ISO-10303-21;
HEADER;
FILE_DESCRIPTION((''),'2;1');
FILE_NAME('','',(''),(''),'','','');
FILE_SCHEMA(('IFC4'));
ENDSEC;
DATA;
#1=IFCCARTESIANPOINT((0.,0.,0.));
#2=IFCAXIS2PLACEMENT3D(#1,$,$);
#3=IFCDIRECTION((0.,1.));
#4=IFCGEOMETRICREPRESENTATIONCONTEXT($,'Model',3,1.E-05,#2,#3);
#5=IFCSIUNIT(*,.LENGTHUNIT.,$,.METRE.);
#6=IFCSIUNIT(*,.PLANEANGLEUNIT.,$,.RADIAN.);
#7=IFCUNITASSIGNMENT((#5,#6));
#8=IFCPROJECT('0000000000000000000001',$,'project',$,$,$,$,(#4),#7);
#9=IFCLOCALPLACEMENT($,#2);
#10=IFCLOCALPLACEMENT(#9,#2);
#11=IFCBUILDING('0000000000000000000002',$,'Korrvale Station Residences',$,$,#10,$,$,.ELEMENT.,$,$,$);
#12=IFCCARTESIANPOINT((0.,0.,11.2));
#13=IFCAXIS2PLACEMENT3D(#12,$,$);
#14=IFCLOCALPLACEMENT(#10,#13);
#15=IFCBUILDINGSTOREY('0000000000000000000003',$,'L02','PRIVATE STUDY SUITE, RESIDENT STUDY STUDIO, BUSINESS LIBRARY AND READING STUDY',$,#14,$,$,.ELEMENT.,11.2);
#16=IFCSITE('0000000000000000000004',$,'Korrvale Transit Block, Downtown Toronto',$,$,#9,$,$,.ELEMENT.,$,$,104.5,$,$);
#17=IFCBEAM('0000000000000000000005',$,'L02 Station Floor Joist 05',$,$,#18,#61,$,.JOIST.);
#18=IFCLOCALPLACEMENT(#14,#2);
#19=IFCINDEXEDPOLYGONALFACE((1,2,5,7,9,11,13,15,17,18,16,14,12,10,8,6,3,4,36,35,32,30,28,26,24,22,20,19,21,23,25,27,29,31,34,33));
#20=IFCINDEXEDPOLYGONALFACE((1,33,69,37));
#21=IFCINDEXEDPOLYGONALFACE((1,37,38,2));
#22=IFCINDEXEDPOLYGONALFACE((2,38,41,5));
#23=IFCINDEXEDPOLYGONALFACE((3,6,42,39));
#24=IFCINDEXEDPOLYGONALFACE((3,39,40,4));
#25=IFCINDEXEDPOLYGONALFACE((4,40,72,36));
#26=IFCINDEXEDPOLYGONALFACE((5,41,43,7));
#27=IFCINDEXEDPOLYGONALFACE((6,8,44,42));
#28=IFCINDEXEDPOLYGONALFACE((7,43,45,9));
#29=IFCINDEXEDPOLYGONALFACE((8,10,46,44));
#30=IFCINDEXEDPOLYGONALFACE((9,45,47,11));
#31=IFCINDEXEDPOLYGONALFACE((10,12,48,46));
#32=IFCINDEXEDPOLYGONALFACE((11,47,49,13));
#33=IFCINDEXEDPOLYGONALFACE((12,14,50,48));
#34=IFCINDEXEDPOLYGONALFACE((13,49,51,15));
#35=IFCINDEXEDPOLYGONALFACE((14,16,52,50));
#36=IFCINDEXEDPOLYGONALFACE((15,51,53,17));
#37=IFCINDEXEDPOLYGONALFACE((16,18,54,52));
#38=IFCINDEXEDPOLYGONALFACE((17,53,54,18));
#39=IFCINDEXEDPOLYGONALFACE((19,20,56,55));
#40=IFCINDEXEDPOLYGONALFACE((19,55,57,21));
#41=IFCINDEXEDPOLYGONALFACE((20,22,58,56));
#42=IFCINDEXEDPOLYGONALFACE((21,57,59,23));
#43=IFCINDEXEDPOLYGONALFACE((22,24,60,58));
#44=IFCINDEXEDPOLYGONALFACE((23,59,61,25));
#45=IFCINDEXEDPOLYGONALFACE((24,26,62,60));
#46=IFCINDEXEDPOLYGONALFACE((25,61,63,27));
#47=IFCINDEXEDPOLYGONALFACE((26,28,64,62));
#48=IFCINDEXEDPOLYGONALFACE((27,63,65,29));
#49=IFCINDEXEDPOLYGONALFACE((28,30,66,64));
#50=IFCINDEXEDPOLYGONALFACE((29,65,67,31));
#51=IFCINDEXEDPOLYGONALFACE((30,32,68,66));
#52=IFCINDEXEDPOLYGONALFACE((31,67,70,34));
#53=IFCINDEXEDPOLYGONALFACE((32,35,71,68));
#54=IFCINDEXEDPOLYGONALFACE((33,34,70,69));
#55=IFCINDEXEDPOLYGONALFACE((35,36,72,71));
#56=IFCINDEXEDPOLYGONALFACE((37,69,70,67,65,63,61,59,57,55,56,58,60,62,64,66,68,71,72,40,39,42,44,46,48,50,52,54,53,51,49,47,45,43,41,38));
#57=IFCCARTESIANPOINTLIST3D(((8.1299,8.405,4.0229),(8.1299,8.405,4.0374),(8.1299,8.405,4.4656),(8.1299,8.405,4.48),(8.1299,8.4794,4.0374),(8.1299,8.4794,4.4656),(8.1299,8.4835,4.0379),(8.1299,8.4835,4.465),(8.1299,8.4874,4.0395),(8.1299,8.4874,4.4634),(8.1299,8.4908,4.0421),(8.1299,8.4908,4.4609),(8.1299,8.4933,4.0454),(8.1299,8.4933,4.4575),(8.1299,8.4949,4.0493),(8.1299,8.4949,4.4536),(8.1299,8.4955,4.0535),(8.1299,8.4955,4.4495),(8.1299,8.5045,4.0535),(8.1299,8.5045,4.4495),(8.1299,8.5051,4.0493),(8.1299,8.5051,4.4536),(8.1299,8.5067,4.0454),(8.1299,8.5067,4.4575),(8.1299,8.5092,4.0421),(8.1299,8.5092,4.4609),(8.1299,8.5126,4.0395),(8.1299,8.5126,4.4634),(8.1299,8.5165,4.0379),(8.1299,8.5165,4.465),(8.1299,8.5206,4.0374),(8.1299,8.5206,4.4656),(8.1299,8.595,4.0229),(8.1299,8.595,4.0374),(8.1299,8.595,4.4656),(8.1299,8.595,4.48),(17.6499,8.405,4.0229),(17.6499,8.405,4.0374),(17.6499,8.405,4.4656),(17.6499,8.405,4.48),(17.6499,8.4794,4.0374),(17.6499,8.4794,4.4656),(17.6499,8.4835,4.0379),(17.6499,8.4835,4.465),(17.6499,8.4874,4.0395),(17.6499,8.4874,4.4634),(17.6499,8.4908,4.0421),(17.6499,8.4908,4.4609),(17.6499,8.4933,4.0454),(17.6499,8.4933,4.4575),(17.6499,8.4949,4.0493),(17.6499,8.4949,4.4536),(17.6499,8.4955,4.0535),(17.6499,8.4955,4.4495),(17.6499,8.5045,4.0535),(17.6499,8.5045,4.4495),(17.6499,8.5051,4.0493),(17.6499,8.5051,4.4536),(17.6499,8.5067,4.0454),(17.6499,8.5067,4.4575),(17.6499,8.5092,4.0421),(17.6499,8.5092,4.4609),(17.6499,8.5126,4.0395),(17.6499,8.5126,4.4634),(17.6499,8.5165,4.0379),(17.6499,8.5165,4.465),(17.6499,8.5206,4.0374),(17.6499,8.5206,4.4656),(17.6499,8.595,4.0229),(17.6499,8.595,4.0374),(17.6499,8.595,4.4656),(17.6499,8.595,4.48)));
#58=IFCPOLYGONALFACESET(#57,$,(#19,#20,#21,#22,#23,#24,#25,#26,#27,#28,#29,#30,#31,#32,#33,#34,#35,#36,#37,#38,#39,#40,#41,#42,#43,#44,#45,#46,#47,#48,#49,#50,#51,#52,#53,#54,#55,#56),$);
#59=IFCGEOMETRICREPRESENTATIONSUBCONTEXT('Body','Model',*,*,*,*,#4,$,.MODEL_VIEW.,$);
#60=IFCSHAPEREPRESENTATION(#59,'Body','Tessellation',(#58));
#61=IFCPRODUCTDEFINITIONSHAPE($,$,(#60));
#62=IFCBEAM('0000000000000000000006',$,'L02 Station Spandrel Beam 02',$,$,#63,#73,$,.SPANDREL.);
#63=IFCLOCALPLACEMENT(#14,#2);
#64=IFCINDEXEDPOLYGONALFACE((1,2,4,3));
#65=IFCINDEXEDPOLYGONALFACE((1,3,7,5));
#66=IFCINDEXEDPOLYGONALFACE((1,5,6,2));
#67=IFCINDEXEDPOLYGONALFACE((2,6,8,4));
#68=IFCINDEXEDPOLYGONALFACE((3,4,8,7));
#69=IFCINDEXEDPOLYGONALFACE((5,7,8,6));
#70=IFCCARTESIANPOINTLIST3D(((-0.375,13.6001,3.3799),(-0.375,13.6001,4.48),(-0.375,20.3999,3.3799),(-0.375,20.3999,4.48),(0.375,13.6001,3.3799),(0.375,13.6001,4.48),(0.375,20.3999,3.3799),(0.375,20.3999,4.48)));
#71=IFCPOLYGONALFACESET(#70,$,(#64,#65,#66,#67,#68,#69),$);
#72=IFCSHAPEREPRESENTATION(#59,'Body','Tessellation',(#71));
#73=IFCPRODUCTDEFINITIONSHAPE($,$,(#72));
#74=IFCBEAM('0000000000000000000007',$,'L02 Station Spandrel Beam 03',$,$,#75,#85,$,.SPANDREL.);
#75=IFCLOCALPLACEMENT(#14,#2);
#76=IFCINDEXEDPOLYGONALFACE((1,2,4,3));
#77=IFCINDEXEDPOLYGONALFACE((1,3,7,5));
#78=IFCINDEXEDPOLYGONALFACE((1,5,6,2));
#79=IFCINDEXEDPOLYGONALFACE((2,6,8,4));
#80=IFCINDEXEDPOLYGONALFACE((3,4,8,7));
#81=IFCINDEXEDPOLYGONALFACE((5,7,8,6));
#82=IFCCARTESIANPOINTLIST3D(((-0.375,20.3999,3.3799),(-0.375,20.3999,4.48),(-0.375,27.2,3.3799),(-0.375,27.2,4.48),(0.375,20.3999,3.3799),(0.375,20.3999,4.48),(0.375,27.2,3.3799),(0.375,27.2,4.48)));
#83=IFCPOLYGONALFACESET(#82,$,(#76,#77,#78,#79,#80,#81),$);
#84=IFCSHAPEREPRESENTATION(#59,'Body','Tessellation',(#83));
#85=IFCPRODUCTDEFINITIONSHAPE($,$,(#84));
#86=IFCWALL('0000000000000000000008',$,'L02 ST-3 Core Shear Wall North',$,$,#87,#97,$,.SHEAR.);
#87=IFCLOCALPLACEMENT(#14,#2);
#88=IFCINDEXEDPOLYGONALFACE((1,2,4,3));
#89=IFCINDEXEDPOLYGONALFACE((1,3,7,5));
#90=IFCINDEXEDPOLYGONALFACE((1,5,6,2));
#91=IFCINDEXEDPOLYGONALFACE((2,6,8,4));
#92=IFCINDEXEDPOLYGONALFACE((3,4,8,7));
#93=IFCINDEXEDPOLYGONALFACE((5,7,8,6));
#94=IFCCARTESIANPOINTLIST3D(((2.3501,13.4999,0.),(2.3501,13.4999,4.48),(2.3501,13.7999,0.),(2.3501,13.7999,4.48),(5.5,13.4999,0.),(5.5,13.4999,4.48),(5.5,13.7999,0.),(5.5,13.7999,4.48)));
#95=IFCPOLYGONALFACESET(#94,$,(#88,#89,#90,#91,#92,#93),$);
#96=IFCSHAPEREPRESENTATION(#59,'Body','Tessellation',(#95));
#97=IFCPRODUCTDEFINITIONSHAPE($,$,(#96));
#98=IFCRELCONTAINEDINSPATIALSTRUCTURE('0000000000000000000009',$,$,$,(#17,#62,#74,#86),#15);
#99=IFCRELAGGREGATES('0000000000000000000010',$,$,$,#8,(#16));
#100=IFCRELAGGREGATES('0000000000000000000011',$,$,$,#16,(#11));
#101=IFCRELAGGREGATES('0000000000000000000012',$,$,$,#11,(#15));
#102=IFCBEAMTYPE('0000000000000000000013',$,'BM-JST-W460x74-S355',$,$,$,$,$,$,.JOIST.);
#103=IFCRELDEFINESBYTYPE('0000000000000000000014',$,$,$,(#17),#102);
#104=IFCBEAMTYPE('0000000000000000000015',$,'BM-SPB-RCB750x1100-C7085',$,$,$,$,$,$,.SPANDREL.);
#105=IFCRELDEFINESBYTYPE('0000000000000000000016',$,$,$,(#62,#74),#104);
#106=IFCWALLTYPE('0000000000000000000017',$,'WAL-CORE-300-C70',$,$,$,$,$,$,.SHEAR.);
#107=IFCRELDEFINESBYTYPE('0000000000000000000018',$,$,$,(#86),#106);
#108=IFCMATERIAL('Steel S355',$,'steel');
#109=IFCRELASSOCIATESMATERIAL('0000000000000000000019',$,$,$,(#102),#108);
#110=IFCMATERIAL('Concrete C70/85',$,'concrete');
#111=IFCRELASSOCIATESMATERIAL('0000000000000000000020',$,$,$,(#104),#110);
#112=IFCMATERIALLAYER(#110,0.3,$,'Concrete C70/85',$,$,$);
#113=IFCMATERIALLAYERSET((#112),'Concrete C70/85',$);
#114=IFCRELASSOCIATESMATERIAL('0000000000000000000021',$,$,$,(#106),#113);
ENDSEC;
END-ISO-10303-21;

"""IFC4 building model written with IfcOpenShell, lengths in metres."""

from ifc_helpers import new_model, si_unit, direction, frame, frame_2d, origin, origin_2d, place, context, subcontext, project, spatial, rectangle, i_section, extrude, material, layer, layer_set, material_profile, profile_set, type_object, element, save


model = new_model("IFC4")

# Units and contexts
model_context = context("Model", 3, precision=1e-05, world=origin(), true_north=direction((0.0, 1.0)))
body_context = subcontext(model_context, "Body", "Model", "MODEL_VIEW")
ifc_project = project(units=[si_unit("LENGTHUNIT", "METRE"), si_unit("PLANEANGLEUNIT", "RADIAN")], contexts=[model_context])

# Site, building, storey
site_placement = place(None, origin())
site = spatial("IfcSite", under=ifc_project, at=site_placement, Name="Korrvale Transit Block, Downtown Toronto", CompositionType="ELEMENT", RefElevation=104.5)
building_placement = place(site_placement, origin())
building = spatial("IfcBuilding", under=site, at=building_placement, Name="Korrvale Station Residences", CompositionType="ELEMENT")
storey_placement = place(building_placement, frame((0.0, 0.0, 11.2)))
storey = spatial("IfcBuildingStorey", under=building, at=storey_placement, Name="L02", Description="PRIVATE STUDY SUITE, RESIDENT STUDY STUDIO, BUSINESS LIBRARY AND READING STUDY", CompositionType="ELEMENT", Elevation=11.2)

# Shared definitions
ifc_material_1 = material(Name="Concrete C70/85", Category="concrete")

# Beams
ifc_material_2 = material(Name="Steel S355", Category="steel")
ifc_material_profile_1 = material_profile(ifc_material_2, i_section(OverallWidth=0.1899, OverallDepth=0.457, WebThickness=0.009, FlangeThickness=0.0144, FilletRadius=0.0161, at=origin_2d()), Name="W460x74")
ifc_profile_set_1 = profile_set([ifc_material_profile_1], Name="Steel S355")
beam_type_1 = type_object("IfcBeamType", Name="BM-JST-W460x74-S355", PredefinedType="JOIST", material=ifc_profile_set_1)
beam_1_placement = place(storey_placement, frame((8.1299, 8.5, 4.2515), z_axis=(1.0, 0.0, 0.0), x_axis=(0.0, 1.0, 0.0)))
element("IfcBeam", 1, at=beam_1_placement, inside=storey, type_object=beam_type_1, Name="L02 Station Floor Joist 05", PredefinedType="JOIST", context=body_context, shape_type="SweptSolid", body=[
    extrude(i_section(OverallWidth=0.1899, OverallDepth=0.457, WebThickness=0.009, FlangeThickness=0.0144, FilletRadius=0.0161, at=origin_2d()), origin(), (0.0, 0.0, 1.0), 9.52),
])
ifc_material_profile_2 = material_profile(ifc_material_1, rectangle(XDim=0.75, YDim=1.1001, at=origin_2d()), Name="RCB750x1100")
ifc_profile_set_2 = profile_set([ifc_material_profile_2], Name="Concrete C70/85")
beam_type_2 = type_object("IfcBeamType", Name="BM-SPB-RCB750x1100-C7085", PredefinedType="SPANDREL", material=ifc_profile_set_2)
beam_2_placement = place(storey_placement, frame((0.0, 13.6001, 3.9299), z_axis=(0.0, 1.0, 0.0), x_axis=(-1.0, 0.0, 0.0)))
element("IfcBeam", 2, at=beam_2_placement, inside=storey, type_object=beam_type_2, Name="L02 Station Spandrel Beam 02", PredefinedType="SPANDREL", context=body_context, shape_type="SweptSolid", body=[
    extrude(rectangle(XDim=0.75, YDim=1.1001, at=origin_2d()), origin(), (0.0, 0.0, 1.0), 6.7998),
])
beam_3_placement = place(storey_placement, frame((0.0, 20.3999, 3.9299), z_axis=(0.0, 1.0, 0.0), x_axis=(-1.0, 0.0, 0.0)))
element("IfcBeam", 3, at=beam_3_placement, inside=storey, type_object=beam_type_2, Name="L02 Station Spandrel Beam 03", PredefinedType="SPANDREL", context=body_context, shape_type="SweptSolid", body=[
    extrude(rectangle(XDim=0.75, YDim=1.1001, at=origin_2d()), origin(), (0.0, 0.0, 1.0), 6.8),
])

# Wall
ifc_layer_1 = layer(ifc_material_1, 0.3, Name="Concrete C70/85")
ifc_layer_set_1 = layer_set([ifc_layer_1], Name="Concrete C70/85")
wall_type_1 = type_object("IfcWallType", Name="WAL-CORE-300-C70", PredefinedType="SHEAR", material=ifc_layer_set_1)
wall_1_placement = place(storey_placement, frame((2.3501, 13.6499, 0.0), z_axis=(0.0, 0.0, 1.0), x_axis=(1.0, 0.0, 0.0)))
element("IfcWall", 4, at=wall_1_placement, inside=storey, type_object=wall_type_1, Name="L02 ST-3 Core Shear Wall North", PredefinedType="SHEAR", context=body_context, shape_type="SweptSolid", body=[
    extrude(rectangle(XDim=3.1499, YDim=0.3, at=frame_2d((1.575, 0.0))), origin(), (0.0, 0.0, 1.0), 4.48),
])

save(model, "model.ifc")
